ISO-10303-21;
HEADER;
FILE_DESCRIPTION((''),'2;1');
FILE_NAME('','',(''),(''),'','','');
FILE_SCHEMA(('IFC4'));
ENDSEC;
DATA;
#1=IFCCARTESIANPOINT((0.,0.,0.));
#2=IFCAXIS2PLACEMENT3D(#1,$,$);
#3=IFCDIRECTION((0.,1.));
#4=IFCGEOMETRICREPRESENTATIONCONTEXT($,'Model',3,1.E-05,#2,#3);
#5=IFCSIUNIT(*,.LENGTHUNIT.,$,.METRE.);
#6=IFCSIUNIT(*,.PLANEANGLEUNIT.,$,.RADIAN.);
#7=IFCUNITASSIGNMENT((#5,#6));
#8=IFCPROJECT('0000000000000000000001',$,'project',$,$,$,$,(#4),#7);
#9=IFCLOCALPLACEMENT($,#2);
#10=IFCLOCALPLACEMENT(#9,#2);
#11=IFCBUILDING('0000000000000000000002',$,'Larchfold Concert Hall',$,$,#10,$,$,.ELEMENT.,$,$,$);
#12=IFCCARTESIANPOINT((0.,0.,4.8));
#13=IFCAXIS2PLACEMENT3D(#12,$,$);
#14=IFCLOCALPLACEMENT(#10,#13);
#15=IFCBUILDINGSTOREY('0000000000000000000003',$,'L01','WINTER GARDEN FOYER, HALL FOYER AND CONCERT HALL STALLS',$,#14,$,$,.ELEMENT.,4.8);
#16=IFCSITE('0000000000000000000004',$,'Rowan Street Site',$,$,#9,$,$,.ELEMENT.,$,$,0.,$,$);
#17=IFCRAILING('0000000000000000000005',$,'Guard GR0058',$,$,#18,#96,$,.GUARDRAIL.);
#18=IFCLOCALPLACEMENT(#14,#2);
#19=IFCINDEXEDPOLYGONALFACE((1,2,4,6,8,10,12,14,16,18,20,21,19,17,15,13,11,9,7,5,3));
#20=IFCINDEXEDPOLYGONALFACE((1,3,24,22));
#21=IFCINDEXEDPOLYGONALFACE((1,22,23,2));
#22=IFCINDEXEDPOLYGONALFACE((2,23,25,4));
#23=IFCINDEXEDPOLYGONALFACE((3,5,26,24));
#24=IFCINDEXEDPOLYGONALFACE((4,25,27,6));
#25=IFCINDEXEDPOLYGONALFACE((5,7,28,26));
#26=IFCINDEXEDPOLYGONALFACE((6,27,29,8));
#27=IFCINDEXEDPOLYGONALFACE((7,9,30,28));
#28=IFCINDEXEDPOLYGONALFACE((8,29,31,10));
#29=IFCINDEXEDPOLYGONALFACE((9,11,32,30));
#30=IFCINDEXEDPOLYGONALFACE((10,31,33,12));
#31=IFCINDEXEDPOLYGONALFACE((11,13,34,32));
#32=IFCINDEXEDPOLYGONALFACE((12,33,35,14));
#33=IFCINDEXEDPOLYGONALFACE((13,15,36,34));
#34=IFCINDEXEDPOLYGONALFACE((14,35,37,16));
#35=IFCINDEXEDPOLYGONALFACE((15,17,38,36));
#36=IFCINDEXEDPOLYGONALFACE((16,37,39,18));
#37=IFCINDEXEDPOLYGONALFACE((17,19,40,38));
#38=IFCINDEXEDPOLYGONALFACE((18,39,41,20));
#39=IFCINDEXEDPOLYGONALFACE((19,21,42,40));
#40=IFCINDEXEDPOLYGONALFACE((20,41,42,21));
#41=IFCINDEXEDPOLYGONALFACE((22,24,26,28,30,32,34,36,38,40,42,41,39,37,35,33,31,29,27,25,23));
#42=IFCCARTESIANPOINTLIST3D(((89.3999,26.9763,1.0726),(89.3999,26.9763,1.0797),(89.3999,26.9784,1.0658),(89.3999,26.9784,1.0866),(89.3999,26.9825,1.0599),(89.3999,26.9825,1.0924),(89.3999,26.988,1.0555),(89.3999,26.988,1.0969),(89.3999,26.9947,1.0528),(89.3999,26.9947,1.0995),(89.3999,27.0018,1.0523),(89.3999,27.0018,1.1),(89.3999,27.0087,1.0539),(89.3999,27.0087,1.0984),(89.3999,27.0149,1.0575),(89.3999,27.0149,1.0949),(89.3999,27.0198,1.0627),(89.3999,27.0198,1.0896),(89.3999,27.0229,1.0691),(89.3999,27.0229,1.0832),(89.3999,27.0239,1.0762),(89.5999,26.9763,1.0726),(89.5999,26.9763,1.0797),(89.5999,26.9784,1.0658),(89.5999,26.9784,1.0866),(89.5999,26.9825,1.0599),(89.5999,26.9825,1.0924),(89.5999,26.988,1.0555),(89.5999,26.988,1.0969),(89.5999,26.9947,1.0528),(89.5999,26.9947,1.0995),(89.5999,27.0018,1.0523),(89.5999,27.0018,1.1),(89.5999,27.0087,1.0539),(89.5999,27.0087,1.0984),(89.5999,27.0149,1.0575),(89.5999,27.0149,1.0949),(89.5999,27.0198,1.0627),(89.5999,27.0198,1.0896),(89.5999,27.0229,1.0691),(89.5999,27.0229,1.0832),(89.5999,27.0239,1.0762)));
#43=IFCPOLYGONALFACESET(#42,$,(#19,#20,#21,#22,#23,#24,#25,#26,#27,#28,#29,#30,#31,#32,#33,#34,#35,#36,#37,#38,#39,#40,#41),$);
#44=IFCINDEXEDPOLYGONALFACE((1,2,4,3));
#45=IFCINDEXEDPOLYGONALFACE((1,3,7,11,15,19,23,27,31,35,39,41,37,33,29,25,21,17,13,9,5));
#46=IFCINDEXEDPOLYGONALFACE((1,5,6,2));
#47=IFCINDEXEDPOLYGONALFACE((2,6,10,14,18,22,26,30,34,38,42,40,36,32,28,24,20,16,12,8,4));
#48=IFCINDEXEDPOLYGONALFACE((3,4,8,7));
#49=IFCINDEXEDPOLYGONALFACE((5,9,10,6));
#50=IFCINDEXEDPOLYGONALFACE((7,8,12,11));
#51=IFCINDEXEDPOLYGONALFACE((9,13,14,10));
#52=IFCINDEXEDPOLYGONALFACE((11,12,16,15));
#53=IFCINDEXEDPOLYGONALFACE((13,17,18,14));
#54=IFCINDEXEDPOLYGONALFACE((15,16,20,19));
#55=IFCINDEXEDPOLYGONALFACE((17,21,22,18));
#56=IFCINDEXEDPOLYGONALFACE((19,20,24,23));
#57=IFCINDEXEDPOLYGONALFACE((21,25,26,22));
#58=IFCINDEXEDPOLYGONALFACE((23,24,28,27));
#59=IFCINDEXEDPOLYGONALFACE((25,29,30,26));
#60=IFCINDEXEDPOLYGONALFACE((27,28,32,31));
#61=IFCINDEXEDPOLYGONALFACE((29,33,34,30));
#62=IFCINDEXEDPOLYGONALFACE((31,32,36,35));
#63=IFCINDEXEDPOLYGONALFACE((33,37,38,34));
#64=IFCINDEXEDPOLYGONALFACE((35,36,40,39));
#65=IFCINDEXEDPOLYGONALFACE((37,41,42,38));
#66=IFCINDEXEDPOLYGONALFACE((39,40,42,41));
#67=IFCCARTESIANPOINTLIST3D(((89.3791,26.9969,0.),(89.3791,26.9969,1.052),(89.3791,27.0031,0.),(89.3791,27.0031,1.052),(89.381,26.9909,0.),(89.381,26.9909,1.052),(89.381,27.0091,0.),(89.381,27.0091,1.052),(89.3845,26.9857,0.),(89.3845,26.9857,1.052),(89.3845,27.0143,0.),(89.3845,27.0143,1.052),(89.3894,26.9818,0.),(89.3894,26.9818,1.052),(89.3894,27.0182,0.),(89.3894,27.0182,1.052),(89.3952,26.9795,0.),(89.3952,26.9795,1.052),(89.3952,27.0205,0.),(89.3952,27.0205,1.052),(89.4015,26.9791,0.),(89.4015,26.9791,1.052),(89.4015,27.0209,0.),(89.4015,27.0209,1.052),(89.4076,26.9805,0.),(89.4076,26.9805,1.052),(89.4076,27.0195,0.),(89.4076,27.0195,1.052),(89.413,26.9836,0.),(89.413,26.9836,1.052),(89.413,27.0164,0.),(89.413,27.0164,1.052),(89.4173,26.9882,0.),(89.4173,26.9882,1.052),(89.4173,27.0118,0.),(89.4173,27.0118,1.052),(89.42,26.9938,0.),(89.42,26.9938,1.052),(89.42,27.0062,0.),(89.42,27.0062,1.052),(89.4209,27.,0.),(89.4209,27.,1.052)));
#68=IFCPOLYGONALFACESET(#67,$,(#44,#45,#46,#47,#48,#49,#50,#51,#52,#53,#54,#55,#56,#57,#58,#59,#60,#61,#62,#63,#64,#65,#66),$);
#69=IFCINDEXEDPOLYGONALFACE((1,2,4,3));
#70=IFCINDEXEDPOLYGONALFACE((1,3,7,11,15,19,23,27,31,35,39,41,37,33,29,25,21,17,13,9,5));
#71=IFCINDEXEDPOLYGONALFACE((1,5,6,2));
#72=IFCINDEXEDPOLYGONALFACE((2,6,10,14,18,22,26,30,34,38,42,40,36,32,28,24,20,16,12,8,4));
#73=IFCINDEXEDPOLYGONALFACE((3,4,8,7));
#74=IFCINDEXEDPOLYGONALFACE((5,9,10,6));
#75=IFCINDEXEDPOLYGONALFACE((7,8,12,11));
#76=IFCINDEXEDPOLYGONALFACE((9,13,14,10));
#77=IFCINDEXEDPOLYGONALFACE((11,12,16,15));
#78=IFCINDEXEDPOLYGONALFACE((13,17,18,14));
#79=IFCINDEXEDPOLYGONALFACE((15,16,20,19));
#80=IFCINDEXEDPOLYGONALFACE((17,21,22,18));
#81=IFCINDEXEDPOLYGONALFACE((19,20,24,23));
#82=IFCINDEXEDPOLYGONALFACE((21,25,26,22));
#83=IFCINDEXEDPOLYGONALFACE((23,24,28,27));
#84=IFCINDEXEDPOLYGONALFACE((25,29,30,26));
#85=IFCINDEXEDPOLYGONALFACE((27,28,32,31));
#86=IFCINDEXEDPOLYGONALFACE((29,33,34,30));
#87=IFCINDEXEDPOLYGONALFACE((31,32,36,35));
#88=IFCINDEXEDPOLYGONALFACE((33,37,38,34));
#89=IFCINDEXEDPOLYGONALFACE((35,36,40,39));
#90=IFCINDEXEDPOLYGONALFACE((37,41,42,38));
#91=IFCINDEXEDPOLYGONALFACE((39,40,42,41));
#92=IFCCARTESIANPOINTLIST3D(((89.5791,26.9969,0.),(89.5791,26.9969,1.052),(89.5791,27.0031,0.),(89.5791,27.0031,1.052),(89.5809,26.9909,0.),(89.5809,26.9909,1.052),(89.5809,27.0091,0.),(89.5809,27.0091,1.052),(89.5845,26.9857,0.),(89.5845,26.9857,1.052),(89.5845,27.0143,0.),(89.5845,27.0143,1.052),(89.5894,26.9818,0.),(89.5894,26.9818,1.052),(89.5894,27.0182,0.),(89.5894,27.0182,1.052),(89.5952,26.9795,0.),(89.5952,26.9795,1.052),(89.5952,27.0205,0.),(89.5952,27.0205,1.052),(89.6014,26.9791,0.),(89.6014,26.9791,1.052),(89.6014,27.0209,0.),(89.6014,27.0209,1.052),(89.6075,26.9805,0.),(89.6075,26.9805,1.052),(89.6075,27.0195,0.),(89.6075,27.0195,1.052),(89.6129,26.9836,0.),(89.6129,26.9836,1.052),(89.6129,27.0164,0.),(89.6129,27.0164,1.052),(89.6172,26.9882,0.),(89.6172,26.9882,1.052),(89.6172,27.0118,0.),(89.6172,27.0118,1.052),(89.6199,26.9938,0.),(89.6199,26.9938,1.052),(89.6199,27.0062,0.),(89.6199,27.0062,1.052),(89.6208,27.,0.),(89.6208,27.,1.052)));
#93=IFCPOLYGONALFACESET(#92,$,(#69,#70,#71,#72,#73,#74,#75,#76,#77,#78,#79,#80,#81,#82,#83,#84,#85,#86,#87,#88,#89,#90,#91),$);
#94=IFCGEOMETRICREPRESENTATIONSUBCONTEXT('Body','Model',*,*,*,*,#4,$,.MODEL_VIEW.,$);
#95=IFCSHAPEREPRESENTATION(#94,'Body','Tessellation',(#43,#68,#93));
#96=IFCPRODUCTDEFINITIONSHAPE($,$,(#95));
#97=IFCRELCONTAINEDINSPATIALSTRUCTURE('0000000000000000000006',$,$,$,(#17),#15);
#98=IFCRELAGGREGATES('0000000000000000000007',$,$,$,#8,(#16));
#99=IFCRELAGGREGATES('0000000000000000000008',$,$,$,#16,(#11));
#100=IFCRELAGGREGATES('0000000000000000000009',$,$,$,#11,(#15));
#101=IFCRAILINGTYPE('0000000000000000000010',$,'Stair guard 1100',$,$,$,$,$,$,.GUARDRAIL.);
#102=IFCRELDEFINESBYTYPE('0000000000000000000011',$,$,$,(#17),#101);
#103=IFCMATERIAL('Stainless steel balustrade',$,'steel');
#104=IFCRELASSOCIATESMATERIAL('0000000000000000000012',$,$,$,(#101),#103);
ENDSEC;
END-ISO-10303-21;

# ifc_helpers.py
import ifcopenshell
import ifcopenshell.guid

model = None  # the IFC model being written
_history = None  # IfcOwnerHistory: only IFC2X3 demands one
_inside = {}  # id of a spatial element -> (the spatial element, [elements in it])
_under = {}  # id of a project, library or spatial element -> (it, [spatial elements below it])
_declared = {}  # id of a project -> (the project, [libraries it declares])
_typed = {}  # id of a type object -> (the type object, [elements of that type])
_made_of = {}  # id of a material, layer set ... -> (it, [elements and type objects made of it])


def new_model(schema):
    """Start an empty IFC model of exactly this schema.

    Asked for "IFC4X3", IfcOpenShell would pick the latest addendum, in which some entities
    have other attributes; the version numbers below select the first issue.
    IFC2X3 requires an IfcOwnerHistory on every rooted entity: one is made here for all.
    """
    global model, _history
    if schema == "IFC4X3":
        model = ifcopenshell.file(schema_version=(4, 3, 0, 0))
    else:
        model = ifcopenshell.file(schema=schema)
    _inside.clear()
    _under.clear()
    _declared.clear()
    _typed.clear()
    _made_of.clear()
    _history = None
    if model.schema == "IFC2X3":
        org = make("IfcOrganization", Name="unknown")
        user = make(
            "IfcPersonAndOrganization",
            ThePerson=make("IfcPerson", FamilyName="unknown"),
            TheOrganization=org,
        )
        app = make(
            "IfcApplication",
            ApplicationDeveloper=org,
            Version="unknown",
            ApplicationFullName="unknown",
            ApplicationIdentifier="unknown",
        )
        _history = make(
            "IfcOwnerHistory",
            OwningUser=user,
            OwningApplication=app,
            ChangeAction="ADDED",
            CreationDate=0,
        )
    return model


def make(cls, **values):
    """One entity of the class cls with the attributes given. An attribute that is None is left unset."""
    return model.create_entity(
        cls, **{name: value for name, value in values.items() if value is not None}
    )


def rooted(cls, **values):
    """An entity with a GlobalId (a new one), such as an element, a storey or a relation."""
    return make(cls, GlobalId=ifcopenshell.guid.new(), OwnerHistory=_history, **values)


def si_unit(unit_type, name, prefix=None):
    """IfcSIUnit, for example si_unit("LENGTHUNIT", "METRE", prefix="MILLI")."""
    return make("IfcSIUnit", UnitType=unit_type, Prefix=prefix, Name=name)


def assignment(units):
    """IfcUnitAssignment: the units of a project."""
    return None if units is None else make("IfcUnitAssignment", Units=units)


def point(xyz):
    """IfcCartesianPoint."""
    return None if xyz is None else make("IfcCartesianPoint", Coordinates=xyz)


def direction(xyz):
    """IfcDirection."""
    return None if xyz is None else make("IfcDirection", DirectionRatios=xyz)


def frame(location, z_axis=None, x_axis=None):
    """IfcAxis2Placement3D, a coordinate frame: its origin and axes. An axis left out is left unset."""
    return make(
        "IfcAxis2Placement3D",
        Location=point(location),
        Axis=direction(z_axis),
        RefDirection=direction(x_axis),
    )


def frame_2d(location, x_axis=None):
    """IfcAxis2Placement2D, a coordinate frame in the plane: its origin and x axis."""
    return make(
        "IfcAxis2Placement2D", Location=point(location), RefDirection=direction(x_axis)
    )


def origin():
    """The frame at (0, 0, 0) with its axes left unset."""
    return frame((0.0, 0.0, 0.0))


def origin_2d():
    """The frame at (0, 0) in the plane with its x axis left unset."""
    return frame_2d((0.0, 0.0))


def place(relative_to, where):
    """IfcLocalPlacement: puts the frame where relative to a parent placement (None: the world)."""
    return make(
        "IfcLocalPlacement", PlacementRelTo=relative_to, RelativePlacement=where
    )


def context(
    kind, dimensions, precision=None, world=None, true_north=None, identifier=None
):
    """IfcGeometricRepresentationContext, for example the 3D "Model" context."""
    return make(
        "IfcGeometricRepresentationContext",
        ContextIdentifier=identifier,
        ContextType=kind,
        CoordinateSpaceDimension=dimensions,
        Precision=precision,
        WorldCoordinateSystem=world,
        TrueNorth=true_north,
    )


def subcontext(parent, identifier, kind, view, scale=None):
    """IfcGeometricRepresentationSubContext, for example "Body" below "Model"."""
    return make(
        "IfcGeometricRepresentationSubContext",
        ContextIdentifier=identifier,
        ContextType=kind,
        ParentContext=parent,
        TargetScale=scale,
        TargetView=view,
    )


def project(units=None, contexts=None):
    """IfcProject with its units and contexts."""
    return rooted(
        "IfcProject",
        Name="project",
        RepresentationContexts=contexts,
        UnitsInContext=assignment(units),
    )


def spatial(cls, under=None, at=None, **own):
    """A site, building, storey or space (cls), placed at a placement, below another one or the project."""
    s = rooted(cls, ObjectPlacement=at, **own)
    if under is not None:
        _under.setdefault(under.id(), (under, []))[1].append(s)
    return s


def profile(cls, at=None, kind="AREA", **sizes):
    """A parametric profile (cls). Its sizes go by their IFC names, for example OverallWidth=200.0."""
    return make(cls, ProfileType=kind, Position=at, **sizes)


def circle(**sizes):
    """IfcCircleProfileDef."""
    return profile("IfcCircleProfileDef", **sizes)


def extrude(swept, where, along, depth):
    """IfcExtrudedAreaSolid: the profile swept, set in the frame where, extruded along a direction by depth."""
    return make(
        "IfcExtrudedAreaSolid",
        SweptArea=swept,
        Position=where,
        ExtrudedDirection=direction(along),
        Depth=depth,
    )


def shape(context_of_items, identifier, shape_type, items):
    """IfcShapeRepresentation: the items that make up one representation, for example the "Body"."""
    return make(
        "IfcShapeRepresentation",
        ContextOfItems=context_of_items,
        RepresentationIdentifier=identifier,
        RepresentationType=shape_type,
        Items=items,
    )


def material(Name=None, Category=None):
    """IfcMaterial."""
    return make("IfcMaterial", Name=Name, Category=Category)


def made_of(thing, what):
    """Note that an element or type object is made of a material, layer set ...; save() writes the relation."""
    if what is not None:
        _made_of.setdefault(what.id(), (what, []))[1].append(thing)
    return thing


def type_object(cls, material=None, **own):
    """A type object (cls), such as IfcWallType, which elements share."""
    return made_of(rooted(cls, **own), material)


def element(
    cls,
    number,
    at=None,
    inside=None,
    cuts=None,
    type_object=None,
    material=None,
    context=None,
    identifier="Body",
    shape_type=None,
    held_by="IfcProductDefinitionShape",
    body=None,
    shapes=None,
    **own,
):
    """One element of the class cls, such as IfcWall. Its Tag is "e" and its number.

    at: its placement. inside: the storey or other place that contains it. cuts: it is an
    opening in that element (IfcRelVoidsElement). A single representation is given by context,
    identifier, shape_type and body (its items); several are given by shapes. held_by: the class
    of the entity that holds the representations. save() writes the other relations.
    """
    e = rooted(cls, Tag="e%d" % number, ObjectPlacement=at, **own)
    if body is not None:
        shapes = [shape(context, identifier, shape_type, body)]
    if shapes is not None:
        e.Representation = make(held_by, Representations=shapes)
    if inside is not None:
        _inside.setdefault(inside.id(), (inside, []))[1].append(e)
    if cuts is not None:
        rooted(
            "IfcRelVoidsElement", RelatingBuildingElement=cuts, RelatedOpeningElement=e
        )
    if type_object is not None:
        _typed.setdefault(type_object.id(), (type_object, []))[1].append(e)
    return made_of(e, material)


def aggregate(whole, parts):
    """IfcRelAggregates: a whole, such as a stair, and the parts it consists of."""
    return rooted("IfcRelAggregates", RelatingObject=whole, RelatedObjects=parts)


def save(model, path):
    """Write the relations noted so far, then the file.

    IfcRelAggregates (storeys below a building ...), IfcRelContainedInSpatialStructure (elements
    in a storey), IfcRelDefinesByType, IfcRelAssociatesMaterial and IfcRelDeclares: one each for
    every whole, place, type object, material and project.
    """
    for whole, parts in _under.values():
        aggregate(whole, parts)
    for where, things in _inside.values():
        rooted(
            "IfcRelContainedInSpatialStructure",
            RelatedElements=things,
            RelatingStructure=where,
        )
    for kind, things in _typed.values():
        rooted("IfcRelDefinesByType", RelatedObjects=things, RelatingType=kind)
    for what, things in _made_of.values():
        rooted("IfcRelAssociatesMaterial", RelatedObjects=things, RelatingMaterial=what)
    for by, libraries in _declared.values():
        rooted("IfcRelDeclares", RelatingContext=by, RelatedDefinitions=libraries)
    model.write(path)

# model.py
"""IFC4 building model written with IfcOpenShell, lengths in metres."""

from ifc_helpers import new_model, si_unit, direction, frame, origin, origin_2d, place, context, subcontext, project, spatial, circle, extrude, material, type_object, element, save


model = new_model("IFC4")

# Units and contexts
model_context = context("Model", 3, precision=1e-05, world=origin(), true_north=direction((0.0, 1.0)))
body_context = subcontext(model_context, "Body", "Model", "MODEL_VIEW")
ifc_project = project(units=[si_unit("LENGTHUNIT", "METRE"), si_unit("PLANEANGLEUNIT", "RADIAN")], contexts=[model_context])

# Site, building, storey
site_placement = place(None, origin())
site = spatial("IfcSite", under=ifc_project, at=site_placement, Name="Rowan Street Site", CompositionType="ELEMENT", RefElevation=0.0)
building_placement = place(site_placement, origin())
building = spatial("IfcBuilding", under=site, at=building_placement, Name="Larchfold Concert Hall", CompositionType="ELEMENT")
storey_placement = place(building_placement, frame((0.0, 0.0, 4.8)))
storey = spatial("IfcBuildingStorey", under=building, at=storey_placement, Name="L01", Description="WINTER GARDEN FOYER, HALL FOYER AND CONCERT HALL STALLS", CompositionType="ELEMENT", Elevation=4.8)

# Railing
ifc_material_1 = material(Name="Stainless steel balustrade", Category="steel")
railing_type_1 = type_object("IfcRailingType", Name="Stair guard 1100", PredefinedType="GUARDRAIL", material=ifc_material_1)
railing_1_placement = place(storey_placement, frame((89.3999, 27.0, 0.0)))
element("IfcRailing", 1, at=railing_1_placement, inside=storey, type_object=railing_type_1, Name="Guard GR0058", PredefinedType="GUARDRAIL", context=body_context, shape_type="SweptSolid", body=[
    extrude(circle(Radius=0.0239, at=origin_2d()), frame((0.0, 0.0, 1.0762), z_axis=(1.0, 0.0, 0.0), x_axis=(0.0, 1.0, 0.0)), (0.0, 0.0, 1.0), 0.2),
    extrude(circle(Radius=0.021, at=origin_2d()), origin(), (0.0, 0.0, 1.0), 1.052),
    extrude(circle(Radius=0.021, at=origin_2d()), frame((0.2, 0.0, 0.0)), (0.0, 0.0, 1.0), 1.052),
])

save(model, "model.ifc")
